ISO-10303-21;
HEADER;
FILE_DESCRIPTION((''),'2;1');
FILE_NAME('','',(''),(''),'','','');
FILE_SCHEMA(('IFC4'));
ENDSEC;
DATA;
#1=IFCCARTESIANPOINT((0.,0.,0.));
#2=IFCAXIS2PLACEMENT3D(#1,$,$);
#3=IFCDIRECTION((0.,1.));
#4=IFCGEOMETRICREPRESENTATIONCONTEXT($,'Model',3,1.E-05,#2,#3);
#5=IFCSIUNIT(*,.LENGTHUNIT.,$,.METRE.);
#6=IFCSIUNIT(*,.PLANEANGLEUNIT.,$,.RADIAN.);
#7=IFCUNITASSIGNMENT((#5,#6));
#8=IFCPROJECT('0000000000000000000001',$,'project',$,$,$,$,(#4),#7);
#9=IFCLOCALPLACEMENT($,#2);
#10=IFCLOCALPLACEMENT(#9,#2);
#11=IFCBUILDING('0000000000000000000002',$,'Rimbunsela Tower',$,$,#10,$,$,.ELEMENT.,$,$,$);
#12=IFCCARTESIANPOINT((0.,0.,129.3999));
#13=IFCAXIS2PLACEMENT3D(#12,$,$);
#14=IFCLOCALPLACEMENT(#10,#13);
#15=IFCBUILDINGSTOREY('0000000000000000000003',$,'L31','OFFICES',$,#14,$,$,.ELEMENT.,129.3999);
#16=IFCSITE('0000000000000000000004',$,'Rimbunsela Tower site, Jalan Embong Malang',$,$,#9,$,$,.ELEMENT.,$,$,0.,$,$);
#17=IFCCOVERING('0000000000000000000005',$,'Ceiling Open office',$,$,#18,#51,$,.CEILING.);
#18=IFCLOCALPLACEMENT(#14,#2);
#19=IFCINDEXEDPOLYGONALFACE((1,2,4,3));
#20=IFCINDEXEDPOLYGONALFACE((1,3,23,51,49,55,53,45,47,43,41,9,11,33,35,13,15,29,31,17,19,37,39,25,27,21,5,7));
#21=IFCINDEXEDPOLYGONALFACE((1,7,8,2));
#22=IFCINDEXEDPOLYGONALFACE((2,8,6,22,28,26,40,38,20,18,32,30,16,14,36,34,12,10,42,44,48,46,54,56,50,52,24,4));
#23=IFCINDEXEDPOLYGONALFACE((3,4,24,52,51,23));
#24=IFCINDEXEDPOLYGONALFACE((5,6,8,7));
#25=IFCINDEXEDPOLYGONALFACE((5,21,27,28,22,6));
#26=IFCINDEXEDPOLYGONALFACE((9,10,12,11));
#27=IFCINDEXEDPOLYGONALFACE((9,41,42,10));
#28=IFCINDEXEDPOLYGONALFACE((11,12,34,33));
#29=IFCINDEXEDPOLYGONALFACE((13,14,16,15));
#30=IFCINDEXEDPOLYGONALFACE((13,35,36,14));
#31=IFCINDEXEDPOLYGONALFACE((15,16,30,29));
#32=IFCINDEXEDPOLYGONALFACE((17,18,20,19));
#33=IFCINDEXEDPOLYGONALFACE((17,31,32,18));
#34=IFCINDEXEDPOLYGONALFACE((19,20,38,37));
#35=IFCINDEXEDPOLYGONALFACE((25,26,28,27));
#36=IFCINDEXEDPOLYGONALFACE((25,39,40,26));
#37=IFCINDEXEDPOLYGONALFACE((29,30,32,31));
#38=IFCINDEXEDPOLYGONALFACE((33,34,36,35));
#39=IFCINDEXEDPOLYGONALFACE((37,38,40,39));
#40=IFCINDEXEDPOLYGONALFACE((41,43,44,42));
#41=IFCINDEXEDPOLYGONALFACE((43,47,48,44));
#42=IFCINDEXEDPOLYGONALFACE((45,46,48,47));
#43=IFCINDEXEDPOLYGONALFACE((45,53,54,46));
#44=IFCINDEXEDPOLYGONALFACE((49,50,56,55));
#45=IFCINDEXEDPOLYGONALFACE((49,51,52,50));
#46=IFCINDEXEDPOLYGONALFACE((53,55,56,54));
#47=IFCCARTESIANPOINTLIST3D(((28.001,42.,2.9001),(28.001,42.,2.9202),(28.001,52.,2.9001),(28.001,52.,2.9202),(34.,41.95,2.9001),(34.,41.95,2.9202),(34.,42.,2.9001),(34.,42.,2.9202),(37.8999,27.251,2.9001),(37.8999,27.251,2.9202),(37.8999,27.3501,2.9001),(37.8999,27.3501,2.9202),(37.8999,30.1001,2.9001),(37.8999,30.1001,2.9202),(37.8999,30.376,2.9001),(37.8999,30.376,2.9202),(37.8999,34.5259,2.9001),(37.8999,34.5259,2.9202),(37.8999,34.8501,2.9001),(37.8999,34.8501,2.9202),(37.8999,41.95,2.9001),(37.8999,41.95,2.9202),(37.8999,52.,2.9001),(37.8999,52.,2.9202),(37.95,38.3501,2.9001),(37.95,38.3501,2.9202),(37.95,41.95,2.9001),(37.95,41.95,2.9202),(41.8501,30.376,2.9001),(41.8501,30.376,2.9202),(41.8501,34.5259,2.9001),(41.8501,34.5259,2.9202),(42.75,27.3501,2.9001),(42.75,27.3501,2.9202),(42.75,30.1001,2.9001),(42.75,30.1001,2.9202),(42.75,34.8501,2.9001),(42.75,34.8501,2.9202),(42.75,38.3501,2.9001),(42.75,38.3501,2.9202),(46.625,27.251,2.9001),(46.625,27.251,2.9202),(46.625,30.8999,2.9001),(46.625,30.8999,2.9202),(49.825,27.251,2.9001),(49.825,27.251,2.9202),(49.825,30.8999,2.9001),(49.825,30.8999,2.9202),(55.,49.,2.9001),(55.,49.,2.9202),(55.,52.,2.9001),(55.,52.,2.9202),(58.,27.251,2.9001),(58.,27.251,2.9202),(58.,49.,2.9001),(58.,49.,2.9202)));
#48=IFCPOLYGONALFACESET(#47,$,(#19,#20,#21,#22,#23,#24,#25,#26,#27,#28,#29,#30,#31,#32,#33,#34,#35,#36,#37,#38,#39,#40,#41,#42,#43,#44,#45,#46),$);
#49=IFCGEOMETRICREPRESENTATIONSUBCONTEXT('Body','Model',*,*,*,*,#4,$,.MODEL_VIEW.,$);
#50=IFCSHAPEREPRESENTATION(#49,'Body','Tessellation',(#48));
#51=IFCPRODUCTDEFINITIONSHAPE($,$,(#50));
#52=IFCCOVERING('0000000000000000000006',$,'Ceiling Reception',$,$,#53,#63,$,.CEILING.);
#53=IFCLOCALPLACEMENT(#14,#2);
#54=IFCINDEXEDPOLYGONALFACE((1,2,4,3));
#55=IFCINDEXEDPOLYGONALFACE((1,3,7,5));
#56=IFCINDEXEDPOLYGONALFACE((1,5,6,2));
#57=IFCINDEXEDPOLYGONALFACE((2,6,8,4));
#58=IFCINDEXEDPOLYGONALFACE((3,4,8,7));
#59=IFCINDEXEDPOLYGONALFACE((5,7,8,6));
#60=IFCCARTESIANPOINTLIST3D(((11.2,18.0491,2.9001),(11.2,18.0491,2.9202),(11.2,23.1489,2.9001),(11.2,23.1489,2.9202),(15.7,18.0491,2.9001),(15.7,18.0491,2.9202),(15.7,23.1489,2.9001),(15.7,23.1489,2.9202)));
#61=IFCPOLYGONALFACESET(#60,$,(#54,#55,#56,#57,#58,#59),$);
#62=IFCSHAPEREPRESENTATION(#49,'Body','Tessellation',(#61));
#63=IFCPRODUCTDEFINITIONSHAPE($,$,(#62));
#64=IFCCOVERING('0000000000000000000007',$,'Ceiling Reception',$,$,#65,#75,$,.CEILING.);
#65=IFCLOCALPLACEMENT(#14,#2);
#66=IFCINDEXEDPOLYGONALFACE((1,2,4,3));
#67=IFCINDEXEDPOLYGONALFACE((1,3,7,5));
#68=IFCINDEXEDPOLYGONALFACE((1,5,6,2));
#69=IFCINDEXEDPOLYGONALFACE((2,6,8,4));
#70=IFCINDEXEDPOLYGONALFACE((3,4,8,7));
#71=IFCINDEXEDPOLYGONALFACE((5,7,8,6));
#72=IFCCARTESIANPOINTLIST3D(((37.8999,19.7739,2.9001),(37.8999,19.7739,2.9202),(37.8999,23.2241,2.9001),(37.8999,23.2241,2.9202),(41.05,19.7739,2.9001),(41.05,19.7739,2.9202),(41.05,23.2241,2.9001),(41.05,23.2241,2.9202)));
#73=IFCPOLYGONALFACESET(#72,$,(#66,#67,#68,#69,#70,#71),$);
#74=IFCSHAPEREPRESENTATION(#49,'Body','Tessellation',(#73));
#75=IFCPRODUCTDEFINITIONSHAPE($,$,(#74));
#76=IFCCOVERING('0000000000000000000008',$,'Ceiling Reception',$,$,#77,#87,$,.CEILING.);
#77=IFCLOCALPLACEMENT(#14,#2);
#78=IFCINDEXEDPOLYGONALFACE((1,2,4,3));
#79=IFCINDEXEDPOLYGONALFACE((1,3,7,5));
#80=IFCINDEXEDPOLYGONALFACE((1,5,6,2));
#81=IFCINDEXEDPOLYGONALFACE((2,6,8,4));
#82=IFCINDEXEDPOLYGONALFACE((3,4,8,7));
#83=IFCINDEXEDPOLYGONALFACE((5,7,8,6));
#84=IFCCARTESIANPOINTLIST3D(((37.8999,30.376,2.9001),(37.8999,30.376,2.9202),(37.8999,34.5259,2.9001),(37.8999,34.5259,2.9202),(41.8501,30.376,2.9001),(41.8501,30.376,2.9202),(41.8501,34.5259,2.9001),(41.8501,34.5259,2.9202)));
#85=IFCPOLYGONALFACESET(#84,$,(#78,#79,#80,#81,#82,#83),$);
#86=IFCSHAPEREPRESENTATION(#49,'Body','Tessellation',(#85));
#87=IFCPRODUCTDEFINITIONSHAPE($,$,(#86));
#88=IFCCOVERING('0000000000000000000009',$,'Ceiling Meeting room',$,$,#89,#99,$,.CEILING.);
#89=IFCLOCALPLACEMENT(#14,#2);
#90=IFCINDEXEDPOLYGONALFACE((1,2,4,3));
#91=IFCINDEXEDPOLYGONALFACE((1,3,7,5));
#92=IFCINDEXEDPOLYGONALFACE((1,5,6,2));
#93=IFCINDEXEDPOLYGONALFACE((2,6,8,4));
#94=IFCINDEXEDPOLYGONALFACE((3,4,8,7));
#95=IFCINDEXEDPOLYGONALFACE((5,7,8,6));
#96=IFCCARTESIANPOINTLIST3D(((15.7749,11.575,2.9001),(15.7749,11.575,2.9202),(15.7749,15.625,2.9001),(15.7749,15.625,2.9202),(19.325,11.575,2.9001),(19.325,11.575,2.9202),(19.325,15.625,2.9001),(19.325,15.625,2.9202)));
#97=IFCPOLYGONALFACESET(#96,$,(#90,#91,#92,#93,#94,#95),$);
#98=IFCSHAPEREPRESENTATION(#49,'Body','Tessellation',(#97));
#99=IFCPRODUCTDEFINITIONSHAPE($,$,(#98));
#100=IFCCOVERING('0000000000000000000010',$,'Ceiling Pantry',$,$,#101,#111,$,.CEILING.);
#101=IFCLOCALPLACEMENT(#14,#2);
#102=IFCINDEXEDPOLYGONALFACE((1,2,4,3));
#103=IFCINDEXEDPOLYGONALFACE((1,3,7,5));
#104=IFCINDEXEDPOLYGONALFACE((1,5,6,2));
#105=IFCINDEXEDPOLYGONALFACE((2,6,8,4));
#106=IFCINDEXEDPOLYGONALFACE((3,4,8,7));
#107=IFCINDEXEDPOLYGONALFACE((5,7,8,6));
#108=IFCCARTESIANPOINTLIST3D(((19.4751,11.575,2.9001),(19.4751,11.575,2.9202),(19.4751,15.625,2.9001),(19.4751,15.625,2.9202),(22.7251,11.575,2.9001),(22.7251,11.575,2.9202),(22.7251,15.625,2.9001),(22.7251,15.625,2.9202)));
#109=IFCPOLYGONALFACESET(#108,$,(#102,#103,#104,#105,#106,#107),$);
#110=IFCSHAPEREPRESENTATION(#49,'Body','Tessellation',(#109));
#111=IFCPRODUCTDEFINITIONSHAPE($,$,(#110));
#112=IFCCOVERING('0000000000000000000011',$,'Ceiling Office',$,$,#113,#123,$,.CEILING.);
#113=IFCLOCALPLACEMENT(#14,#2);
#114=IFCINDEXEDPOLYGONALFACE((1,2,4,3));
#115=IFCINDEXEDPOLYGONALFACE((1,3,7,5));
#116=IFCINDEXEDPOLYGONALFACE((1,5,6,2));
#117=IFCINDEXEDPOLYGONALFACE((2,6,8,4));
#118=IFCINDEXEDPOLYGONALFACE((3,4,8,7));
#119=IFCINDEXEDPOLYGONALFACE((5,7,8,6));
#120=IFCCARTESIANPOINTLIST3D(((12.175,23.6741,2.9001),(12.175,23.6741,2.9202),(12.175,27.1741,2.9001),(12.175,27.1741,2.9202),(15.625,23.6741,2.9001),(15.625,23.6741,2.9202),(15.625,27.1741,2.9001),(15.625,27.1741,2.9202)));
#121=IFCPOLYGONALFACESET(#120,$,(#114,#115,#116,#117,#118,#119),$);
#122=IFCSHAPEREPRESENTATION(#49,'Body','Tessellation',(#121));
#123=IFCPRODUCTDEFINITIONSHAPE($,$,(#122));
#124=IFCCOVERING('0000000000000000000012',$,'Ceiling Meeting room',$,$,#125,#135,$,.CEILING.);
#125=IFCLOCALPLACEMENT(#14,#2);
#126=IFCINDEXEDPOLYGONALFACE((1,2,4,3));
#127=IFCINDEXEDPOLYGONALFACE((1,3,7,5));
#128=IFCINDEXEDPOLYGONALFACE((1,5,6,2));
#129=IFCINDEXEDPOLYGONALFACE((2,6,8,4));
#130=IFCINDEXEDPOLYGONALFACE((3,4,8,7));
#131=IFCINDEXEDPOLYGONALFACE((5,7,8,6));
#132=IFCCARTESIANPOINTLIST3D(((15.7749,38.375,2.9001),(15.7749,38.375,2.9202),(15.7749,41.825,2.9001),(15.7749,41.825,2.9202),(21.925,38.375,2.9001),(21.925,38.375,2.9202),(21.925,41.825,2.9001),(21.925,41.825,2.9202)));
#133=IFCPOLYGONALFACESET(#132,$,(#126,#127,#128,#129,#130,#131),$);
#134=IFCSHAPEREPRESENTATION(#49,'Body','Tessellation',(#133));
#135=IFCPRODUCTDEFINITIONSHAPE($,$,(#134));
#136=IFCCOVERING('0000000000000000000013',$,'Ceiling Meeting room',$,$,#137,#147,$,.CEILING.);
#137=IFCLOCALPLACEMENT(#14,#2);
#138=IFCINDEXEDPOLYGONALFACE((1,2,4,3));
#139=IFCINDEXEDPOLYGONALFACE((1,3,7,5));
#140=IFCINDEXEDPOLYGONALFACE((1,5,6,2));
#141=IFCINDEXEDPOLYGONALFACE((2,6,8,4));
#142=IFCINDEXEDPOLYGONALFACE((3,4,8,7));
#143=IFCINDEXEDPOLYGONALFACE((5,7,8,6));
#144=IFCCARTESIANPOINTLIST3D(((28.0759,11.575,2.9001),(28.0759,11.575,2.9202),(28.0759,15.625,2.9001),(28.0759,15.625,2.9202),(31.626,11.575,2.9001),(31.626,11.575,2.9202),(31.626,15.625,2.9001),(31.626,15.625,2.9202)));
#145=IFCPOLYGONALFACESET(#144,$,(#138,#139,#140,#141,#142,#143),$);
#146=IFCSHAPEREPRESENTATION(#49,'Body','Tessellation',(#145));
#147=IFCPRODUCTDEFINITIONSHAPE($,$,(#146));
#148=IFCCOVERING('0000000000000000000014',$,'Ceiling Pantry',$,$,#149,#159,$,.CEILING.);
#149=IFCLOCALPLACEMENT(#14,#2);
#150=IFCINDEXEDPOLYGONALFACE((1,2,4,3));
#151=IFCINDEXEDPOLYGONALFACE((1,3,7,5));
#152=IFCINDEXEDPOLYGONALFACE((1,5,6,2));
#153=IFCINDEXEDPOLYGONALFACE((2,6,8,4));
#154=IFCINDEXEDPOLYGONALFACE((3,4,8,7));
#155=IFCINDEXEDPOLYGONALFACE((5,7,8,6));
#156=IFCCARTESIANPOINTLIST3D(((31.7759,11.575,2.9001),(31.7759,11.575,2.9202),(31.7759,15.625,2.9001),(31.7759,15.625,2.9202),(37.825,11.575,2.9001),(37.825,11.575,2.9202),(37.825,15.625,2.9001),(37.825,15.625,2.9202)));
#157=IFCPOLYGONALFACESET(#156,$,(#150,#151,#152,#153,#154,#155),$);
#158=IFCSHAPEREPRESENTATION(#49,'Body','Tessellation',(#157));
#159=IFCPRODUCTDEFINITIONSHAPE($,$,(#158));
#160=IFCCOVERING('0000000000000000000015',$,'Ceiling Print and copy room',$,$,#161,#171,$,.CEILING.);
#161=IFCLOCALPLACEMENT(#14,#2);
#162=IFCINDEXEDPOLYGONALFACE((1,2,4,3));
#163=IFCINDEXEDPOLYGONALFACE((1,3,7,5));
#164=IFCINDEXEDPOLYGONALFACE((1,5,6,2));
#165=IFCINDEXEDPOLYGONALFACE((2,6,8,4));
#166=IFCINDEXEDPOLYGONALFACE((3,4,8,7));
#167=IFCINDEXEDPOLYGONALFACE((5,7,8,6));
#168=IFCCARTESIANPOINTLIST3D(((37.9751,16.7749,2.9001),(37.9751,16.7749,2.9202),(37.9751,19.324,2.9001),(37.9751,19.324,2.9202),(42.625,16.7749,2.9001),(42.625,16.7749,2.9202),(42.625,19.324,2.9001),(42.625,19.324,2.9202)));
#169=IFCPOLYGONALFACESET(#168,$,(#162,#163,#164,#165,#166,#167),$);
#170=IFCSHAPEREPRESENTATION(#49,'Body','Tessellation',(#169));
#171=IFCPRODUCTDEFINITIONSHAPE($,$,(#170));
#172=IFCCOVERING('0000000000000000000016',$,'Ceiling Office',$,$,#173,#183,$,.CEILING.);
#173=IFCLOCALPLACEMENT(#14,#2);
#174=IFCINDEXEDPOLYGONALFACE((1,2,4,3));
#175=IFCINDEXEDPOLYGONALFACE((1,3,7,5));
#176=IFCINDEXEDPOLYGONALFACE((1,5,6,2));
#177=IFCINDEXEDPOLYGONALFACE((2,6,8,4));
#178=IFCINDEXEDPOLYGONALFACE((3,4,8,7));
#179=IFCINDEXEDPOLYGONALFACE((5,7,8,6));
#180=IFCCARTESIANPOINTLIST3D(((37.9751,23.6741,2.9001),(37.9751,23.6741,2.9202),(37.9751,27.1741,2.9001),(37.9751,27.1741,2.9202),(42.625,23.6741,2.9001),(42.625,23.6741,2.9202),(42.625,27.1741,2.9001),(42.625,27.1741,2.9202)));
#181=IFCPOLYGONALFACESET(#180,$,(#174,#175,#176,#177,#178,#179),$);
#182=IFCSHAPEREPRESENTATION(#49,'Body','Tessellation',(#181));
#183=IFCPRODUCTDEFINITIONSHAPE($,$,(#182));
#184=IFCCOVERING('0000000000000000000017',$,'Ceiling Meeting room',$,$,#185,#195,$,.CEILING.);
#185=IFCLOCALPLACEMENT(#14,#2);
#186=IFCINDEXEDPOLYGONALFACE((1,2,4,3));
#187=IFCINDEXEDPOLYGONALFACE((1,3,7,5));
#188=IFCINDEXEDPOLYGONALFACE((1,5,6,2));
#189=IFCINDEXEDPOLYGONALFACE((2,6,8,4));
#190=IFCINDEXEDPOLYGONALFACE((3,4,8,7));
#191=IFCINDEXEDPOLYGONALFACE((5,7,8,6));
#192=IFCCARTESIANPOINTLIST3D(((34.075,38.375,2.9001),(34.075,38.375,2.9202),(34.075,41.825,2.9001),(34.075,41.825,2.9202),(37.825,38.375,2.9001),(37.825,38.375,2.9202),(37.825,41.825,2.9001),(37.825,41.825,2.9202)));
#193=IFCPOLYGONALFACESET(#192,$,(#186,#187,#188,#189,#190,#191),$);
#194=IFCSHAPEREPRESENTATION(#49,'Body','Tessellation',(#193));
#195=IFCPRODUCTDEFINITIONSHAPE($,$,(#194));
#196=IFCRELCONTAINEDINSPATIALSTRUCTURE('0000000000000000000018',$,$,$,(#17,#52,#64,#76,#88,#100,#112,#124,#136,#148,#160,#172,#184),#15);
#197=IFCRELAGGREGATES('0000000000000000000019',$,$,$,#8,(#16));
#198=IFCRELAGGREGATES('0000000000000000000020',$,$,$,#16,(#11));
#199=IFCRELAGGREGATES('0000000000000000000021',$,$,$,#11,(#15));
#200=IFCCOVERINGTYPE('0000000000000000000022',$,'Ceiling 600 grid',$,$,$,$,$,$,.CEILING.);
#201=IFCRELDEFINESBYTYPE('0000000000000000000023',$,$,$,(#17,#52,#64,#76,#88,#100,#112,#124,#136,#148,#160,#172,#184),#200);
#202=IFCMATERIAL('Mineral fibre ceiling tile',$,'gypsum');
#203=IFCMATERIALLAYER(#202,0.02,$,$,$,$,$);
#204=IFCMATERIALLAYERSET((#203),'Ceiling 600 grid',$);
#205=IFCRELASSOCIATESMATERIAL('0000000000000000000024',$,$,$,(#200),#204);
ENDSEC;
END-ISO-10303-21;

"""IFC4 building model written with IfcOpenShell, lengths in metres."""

from ifc_helpers import new_model, si_unit, direction, frame, origin, place, context, subcontext, project, spatial, polyline, outline, extrude, material, layer, layer_set, type_object, element, save


model = new_model("IFC4")

# Units and contexts
model_context = context("Model", 3, precision=1e-05, world=origin(), true_north=direction((0.0, 1.0)))
body_context = subcontext(model_context, "Body", "Model", "MODEL_VIEW")
ifc_project = project(units=[si_unit("LENGTHUNIT", "METRE"), si_unit("PLANEANGLEUNIT", "RADIAN")], contexts=[model_context])

# Site, building, storey
site_placement = place(None, origin())
site = spatial("IfcSite", under=ifc_project, at=site_placement, Name="Rimbunsela Tower site, Jalan Embong Malang", CompositionType="ELEMENT", RefElevation=0.0)
building_placement = place(site_placement, origin())
building = spatial("IfcBuilding", under=site, at=building_placement, Name="Rimbunsela Tower", CompositionType="ELEMENT")
storey_placement = place(building_placement, frame((0.0, 0.0, 129.3999)))
storey = spatial("IfcBuildingStorey", under=building, at=storey_placement, Name="L31", Description="OFFICES", CompositionType="ELEMENT", Elevation=129.3999)

# Coverings
ifc_material_1 = material(Name="Mineral fibre ceiling tile", Category="gypsum")
ifc_layer_1 = layer(ifc_material_1, 0.02)
ifc_layer_set_1 = layer_set([ifc_layer_1], Name="Ceiling 600 grid")
covering_type_1 = type_object("IfcCoveringType", Name="Ceiling 600 grid", PredefinedType="CEILING", material=ifc_layer_set_1)
covering_1_placement = place(storey_placement, frame((0.0, 0.0, 2.9001)))
element("IfcCovering", 1, at=covering_1_placement, inside=storey, type_object=covering_type_1, Name="Ceiling Open office", PredefinedType="CEILING", context=body_context, shape_type="SweptSolid", body=[
    extrude(outline(polyline([(49.825, 27.251), (49.825, 30.8999), (46.625, 30.8999), (46.625, 27.251), (37.8999, 27.251), (37.8999, 27.3501), (42.75, 27.3501), (42.75, 30.1001), (37.8999, 30.1001), (37.8999, 30.376), (41.8501, 30.376), (41.8501, 34.5259), (37.8999, 34.5259), (37.8999, 34.8501), (42.75, 34.8501), (42.75, 38.3501), (37.95, 38.3501), (37.95, 41.95), (37.8999, 41.95), (34.0, 41.95), (34.0, 42.0), (28.001, 42.0), (28.001, 52.0), (37.8999, 52.0), (55.0, 52.0), (55.0, 49.0), (58.0, 49.0), (58.0, 27.251), (49.825, 27.251)])), origin(), (0.0, 0.0, 1.0), 0.02),
])
covering_2_placement = place(storey_placement, frame((0.0, 0.0, 2.9001)))
element("IfcCovering", 2, at=covering_2_placement, inside=storey, type_object=covering_type_1, Name="Ceiling Reception", PredefinedType="CEILING", context=body_context, shape_type="SweptSolid", body=[
    extrude(outline(polyline([(15.7, 18.0491), (15.7, 23.1489), (11.2, 23.1489), (11.2, 18.0491), (15.7, 18.0491)])), origin(), (0.0, 0.0, 1.0), 0.02),
])
covering_3_placement = place(storey_placement, frame((0.0, 0.0, 2.9001)))
element("IfcCovering", 3, at=covering_3_placement, inside=storey, type_object=covering_type_1, Name="Ceiling Reception", PredefinedType="CEILING", context=body_context, shape_type="SweptSolid", body=[
    extrude(outline(polyline([(41.05, 19.7739), (41.05, 23.2241), (37.8999, 23.2241), (37.8999, 19.7739), (41.05, 19.7739)])), origin(), (0.0, 0.0, 1.0), 0.02),
])
covering_4_placement = place(storey_placement, frame((0.0, 0.0, 2.9001)))
element("IfcCovering", 4, at=covering_4_placement, inside=storey, type_object=covering_type_1, Name="Ceiling Reception", PredefinedType="CEILING", context=body_context, shape_type="SweptSolid", body=[
    extrude(outline(polyline([(41.8501, 30.376), (41.8501, 34.5259), (37.8999, 34.5259), (37.8999, 30.376), (41.8501, 30.376)])), origin(), (0.0, 0.0, 1.0), 0.02),
])
covering_5_placement = place(storey_placement, frame((0.0, 0.0, 2.9001)))
element("IfcCovering", 5, at=covering_5_placement, inside=storey, type_object=covering_type_1, Name="Ceiling Meeting room", PredefinedType="CEILING", context=body_context, shape_type="SweptSolid", body=[
    extrude(outline(polyline([(19.325, 11.575), (19.325, 15.625), (15.7749, 15.625), (15.7749, 11.575), (19.325, 11.575)])), origin(), (0.0, 0.0, 1.0), 0.02),
])
covering_6_placement = place(storey_placement, frame((0.0, 0.0, 2.9001)))
element("IfcCovering", 6, at=covering_6_placement, inside=storey, type_object=covering_type_1, Name="Ceiling Pantry", PredefinedType="CEILING", context=body_context, shape_type="SweptSolid", body=[
    extrude(outline(polyline([(22.7251, 11.575), (22.7251, 15.625), (19.4751, 15.625), (19.4751, 11.575), (22.7251, 11.575)])), origin(), (0.0, 0.0, 1.0), 0.02),
])
covering_7_placement = place(storey_placement, frame((0.0, 0.0, 2.9001)))
element("IfcCovering", 7, at=covering_7_placement, inside=storey, type_object=covering_type_1, Name="Ceiling Office", PredefinedType="CEILING", context=body_context, shape_type="SweptSolid", body=[
    extrude(outline(polyline([(15.625, 23.6741), (15.625, 27.1741), (12.175, 27.1741), (12.175, 23.6741), (15.625, 23.6741)])), origin(), (0.0, 0.0, 1.0), 0.02),
])
covering_8_placement = place(storey_placement, frame((0.0, 0.0, 2.9001)))
element("IfcCovering", 8, at=covering_8_placement, inside=storey, type_object=covering_type_1, Name="Ceiling Meeting room", PredefinedType="CEILING", context=body_context, shape_type="SweptSolid", body=[
    extrude(outline(polyline([(21.925, 38.375), (21.925, 41.825), (15.7749, 41.825), (15.7749, 38.375), (21.925, 38.375)])), origin(), (0.0, 0.0, 1.0), 0.02),
])
covering_9_placement = place(storey_placement, frame((0.0, 0.0, 2.9001)))
element("IfcCovering", 9, at=covering_9_placement, inside=storey, type_object=covering_type_1, Name="Ceiling Meeting room", PredefinedType="CEILING", context=body_context, shape_type="SweptSolid", body=[
    extrude(outline(polyline([(31.626, 11.575), (31.626, 15.625), (28.0759, 15.625), (28.0759, 11.575), (31.626, 11.575)])), origin(), (0.0, 0.0, 1.0), 0.02),
])
covering_10_placement = place(storey_placement, frame((0.0, 0.0, 2.9001)))
element("IfcCovering", 10, at=covering_10_placement, inside=storey, type_object=covering_type_1, Name="Ceiling Pantry", PredefinedType="CEILING", context=body_context, shape_type="SweptSolid", body=[
    extrude(outline(polyline([(37.825, 11.575), (37.825, 15.625), (31.7759, 15.625), (31.7759, 11.575), (37.825, 11.575)])), origin(), (0.0, 0.0, 1.0), 0.02),
])
covering_11_placement = place(storey_placement, frame((0.0, 0.0, 2.9001)))
element("IfcCovering", 11, at=covering_11_placement, inside=storey, type_object=covering_type_1, Name="Ceiling Print and copy room", PredefinedType="CEILING", context=body_context, shape_type="SweptSolid", body=[
    extrude(outline(polyline([(42.625, 16.7749), (42.625, 19.324), (37.9751, 19.324), (37.9751, 16.7749), (42.625, 16.7749)])), origin(), (0.0, 0.0, 1.0), 0.02),
])
covering_12_placement = place(storey_placement, frame((0.0, 0.0, 2.9001)))
element("IfcCovering", 12, at=covering_12_placement, inside=storey, type_object=covering_type_1, Name="Ceiling Office", PredefinedType="CEILING", context=body_context, shape_type="SweptSolid", body=[
    extrude(outline(polyline([(42.625, 23.6741), (42.625, 27.1741), (37.9751, 27.1741), (37.9751, 23.6741), (42.625, 23.6741)])), origin(), (0.0, 0.0, 1.0), 0.02),
])
covering_13_placement = place(storey_placement, frame((0.0, 0.0, 2.9001)))
element("IfcCovering", 13, at=covering_13_placement, inside=storey, type_object=covering_type_1, Name="Ceiling Meeting room", PredefinedType="CEILING", context=body_context, shape_type="SweptSolid", body=[
    extrude(outline(polyline([(37.825, 38.375), (37.825, 41.825), (34.075, 41.825), (34.075, 38.375), (37.825, 38.375)])), origin(), (0.0, 0.0, 1.0), 0.02),
])

save(model, "model.ifc")
